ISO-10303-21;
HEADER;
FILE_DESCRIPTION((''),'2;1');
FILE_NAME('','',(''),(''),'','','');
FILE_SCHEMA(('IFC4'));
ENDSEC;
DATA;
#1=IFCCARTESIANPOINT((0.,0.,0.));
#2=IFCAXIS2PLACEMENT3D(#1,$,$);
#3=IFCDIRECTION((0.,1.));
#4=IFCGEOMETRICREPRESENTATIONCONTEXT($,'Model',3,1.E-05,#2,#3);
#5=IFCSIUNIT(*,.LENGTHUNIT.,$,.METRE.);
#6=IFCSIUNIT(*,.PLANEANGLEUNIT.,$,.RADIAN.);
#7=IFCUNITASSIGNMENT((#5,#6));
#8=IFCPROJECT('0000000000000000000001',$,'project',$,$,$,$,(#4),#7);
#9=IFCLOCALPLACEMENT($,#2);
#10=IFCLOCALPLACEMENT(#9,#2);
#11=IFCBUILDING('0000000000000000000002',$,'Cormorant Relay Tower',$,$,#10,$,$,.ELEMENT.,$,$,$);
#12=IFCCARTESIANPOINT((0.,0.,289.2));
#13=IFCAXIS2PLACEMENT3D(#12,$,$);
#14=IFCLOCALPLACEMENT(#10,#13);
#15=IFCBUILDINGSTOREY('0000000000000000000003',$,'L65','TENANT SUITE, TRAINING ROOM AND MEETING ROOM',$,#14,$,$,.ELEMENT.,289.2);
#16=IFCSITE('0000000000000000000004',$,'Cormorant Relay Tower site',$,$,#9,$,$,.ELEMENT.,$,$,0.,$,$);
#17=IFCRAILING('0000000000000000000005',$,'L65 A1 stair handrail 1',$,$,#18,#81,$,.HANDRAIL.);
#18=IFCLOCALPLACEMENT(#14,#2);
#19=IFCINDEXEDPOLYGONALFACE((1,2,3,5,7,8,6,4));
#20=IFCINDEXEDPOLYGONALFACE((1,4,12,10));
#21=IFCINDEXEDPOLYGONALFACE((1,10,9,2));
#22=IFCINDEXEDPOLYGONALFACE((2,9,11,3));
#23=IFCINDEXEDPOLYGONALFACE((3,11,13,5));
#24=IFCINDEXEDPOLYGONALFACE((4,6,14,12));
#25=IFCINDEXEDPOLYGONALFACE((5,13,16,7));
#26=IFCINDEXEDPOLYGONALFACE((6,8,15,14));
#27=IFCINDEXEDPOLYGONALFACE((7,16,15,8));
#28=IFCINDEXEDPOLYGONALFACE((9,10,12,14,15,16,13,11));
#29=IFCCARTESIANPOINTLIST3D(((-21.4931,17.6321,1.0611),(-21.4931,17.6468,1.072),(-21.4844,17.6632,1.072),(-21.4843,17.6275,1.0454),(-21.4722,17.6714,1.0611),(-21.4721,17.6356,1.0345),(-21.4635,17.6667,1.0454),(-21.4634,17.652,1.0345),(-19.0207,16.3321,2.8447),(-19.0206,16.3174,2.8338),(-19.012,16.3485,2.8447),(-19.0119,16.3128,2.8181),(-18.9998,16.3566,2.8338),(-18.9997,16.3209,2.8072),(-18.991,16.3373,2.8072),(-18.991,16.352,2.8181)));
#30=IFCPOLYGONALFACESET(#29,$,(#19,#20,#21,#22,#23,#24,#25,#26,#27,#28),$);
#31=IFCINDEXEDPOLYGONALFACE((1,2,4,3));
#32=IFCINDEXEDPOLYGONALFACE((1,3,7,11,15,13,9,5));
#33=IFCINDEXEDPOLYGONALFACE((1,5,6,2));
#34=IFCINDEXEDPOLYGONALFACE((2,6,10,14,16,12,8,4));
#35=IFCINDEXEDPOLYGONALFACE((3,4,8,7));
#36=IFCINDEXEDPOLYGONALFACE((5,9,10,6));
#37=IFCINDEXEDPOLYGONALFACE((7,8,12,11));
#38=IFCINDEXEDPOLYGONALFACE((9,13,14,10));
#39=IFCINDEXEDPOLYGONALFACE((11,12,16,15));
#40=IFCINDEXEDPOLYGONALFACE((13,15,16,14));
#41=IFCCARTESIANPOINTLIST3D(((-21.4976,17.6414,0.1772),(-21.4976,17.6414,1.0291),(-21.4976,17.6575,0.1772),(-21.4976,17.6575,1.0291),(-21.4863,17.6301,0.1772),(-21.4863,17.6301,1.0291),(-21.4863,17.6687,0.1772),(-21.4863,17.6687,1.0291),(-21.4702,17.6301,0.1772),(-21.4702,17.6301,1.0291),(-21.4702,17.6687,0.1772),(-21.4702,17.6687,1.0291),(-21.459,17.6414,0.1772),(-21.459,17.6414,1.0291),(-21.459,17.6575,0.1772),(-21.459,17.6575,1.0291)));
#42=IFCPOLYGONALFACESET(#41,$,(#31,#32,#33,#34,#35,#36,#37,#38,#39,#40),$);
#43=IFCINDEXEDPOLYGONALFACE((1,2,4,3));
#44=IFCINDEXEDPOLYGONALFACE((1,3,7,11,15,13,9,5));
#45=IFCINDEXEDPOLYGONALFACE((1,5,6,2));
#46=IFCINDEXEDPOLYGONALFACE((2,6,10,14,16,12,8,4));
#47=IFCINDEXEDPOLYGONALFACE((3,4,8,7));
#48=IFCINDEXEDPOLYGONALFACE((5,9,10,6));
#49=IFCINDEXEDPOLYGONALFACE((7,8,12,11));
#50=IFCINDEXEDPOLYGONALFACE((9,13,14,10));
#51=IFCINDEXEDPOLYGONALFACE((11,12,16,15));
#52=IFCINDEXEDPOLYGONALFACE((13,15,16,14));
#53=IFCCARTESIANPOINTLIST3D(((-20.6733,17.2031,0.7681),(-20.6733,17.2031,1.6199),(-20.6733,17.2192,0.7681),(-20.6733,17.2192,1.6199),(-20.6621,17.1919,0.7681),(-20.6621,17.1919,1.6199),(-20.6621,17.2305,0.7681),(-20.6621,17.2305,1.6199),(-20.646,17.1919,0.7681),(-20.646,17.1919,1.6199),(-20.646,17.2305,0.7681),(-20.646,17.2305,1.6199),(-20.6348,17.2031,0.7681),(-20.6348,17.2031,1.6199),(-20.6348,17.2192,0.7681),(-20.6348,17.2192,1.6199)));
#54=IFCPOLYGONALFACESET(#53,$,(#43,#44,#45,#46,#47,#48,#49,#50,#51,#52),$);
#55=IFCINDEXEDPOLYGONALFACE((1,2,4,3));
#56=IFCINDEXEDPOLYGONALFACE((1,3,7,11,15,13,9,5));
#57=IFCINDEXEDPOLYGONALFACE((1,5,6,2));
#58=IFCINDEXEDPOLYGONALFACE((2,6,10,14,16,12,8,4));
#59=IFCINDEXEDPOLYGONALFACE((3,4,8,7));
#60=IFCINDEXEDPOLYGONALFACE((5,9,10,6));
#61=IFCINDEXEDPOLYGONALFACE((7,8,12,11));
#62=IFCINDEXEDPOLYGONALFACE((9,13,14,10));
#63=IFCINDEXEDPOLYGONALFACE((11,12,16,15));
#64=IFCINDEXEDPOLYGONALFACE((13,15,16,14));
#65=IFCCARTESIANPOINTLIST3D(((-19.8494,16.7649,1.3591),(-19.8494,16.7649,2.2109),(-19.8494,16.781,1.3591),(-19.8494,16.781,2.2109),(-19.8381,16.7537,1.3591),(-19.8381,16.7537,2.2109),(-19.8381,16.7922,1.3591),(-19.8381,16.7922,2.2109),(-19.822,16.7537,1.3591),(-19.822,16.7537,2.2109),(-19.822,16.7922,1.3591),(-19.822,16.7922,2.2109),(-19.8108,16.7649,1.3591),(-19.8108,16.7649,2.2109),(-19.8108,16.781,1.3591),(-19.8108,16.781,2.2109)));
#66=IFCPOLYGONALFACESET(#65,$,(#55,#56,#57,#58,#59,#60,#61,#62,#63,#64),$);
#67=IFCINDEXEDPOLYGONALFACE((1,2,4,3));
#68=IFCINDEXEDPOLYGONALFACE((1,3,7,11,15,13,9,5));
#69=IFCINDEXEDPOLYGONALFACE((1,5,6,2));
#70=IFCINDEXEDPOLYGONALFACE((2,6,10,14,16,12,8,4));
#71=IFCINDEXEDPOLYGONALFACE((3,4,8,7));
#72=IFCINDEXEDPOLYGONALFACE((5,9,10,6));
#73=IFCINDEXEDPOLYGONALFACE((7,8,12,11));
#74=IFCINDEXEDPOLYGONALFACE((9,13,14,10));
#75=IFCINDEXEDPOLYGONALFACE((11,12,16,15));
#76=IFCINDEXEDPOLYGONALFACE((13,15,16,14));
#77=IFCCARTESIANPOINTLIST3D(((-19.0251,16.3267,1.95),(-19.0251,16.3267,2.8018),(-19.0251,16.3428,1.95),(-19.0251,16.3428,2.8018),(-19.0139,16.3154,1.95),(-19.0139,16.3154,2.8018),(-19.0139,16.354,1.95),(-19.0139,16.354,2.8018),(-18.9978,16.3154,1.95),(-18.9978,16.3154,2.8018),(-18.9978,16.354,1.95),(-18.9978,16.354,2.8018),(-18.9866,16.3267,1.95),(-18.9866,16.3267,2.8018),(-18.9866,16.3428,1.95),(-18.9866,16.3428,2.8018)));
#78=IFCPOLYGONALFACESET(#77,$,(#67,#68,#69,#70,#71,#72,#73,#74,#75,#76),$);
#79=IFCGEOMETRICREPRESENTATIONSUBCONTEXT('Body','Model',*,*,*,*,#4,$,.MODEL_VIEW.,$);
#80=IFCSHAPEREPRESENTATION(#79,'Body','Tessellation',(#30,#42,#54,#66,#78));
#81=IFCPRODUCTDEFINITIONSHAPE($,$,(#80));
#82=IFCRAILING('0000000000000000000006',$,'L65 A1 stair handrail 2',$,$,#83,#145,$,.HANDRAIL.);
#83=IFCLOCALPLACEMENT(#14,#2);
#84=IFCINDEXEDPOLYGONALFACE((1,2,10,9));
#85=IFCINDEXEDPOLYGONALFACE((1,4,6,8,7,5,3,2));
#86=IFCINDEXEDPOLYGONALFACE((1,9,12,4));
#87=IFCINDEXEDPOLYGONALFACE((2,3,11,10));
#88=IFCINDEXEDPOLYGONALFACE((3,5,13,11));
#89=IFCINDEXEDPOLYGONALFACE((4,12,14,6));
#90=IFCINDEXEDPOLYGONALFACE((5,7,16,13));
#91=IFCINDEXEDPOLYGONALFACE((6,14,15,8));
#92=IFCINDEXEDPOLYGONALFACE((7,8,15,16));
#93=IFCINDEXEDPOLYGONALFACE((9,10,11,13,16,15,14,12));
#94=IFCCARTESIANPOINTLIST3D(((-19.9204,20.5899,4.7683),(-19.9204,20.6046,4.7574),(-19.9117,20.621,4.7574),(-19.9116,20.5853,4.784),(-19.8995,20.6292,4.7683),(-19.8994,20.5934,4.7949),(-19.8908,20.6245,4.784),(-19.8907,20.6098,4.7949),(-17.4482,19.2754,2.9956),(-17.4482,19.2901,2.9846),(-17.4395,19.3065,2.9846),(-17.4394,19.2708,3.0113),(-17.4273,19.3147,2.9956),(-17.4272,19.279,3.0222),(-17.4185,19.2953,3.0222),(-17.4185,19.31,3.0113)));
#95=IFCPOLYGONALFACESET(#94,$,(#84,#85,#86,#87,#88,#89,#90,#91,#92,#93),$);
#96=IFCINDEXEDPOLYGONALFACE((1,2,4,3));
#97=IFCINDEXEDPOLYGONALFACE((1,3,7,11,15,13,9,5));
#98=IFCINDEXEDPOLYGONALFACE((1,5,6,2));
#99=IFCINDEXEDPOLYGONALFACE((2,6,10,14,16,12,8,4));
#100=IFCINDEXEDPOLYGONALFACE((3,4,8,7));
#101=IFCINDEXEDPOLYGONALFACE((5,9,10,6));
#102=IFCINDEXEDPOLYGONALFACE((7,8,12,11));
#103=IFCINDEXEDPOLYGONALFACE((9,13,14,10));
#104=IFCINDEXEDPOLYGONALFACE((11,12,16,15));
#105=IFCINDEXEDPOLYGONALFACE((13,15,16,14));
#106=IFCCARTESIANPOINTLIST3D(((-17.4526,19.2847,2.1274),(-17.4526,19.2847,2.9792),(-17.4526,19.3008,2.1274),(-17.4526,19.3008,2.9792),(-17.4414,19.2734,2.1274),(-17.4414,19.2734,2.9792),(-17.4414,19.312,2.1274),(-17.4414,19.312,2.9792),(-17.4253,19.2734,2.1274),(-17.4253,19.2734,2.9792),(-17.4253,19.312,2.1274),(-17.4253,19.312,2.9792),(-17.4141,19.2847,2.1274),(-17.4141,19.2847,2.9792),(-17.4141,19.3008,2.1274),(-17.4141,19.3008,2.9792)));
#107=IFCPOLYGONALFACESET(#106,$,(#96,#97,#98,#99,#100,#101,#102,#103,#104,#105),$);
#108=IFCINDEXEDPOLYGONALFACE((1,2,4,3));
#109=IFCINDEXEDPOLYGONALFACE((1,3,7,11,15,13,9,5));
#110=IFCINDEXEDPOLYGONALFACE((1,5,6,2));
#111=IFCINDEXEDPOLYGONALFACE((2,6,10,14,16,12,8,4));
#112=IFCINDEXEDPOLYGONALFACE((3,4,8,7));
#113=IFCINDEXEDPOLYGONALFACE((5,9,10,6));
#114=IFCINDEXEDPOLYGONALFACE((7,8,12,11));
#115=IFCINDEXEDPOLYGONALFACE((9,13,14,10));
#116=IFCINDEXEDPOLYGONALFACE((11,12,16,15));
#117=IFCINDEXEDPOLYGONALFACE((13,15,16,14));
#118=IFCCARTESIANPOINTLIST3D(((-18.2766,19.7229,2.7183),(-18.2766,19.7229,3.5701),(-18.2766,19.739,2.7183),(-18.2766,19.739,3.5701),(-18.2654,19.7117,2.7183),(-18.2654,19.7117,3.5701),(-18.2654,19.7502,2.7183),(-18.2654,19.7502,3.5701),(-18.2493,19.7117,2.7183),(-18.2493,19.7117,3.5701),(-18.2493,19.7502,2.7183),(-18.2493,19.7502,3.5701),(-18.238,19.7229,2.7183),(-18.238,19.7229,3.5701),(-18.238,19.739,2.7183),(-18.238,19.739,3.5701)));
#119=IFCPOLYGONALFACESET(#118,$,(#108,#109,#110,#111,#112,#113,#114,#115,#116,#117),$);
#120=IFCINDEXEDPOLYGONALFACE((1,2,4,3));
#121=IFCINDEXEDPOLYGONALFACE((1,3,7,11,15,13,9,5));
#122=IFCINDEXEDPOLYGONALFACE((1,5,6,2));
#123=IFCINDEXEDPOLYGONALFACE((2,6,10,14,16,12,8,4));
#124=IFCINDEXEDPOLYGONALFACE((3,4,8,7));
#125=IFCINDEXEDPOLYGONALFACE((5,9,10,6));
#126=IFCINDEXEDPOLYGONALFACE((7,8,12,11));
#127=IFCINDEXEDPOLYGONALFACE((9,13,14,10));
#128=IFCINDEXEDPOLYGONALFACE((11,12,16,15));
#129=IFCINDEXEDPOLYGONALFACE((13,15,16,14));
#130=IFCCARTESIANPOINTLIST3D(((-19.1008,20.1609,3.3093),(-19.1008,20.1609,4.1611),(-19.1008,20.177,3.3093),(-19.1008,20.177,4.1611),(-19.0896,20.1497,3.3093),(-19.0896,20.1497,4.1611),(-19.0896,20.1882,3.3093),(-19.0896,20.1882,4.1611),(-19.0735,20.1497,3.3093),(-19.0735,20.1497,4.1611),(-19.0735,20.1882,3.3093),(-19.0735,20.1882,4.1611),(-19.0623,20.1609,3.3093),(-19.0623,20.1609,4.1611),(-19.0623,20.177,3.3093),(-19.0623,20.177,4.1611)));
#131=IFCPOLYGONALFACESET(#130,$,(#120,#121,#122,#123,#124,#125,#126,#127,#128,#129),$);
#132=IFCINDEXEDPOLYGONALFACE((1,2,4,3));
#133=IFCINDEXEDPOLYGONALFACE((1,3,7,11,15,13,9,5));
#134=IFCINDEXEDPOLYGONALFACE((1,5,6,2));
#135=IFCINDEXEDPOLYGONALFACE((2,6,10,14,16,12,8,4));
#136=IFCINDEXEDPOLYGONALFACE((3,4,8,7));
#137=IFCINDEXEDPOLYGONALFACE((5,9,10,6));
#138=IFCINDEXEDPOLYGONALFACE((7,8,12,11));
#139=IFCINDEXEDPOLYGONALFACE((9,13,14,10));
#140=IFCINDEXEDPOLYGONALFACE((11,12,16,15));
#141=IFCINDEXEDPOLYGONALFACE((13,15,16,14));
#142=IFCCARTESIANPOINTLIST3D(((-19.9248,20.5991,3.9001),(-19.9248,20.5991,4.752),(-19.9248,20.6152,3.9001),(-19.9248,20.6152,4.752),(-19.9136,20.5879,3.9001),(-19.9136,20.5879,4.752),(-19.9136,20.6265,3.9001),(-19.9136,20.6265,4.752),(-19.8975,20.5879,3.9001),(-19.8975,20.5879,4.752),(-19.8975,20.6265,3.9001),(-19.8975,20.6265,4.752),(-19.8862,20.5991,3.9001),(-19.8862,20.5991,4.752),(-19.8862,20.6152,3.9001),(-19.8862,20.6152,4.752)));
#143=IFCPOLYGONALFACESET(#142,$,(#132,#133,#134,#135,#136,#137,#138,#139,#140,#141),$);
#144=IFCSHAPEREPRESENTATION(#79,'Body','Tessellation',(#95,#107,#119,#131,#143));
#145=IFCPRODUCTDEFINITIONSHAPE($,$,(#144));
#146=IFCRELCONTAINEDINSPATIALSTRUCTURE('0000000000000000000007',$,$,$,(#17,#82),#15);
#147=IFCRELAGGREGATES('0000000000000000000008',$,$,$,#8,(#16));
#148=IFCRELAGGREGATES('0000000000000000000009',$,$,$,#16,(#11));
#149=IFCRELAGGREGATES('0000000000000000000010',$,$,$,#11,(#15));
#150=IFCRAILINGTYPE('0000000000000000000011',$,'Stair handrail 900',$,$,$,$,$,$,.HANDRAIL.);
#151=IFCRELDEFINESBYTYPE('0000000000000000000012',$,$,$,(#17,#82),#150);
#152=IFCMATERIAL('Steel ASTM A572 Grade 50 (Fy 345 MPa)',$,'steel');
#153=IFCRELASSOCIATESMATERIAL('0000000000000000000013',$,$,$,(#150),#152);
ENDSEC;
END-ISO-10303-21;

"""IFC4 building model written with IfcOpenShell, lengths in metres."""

from ifc_helpers import new_model, si_unit, direction, frame, origin, place, context, subcontext, project, spatial, polyline, outline, extrude, material, type_object, element, save


model = new_model("IFC4")

# Units and contexts
model_context = context("Model", 3, precision=1e-05, world=origin(), true_north=direction((0.0, 1.0)))
body_context = subcontext(model_context, "Body", "Model", "MODEL_VIEW")
ifc_project = project(units=[si_unit("LENGTHUNIT", "METRE"), si_unit("PLANEANGLEUNIT", "RADIAN")], contexts=[model_context])

# Site, building, storey
site_placement = place(None, origin())
site = spatial("IfcSite", under=ifc_project, at=site_placement, Name="Cormorant Relay Tower site", CompositionType="ELEMENT", RefElevation=0.0)
building_placement = place(site_placement, origin())
building = spatial("IfcBuilding", under=site, at=building_placement, Name="Cormorant Relay Tower", CompositionType="ELEMENT")
storey_placement = place(building_placement, frame((0.0, 0.0, 289.2)))
storey = spatial("IfcBuildingStorey", under=building, at=storey_placement, Name="L65", Description="TENANT SUITE, TRAINING ROOM AND MEETING ROOM", CompositionType="ELEMENT", Elevation=289.2)

# Railings
ifc_material_1 = material(Name="Steel ASTM A572 Grade 50 (Fy 345 MPa)", Category="steel")
railing_type_1 = type_object("IfcRailingType", Name="Stair handrail 900", PredefinedType="HANDRAIL", material=ifc_material_1)
railing_1_placement = place(storey_placement, frame((-21.4783, 17.6494, 0.1772)))
element("IfcRailing", 1, at=railing_1_placement, inside=storey, type_object=railing_type_1, Name="L65 A1 stair handrail 1", PredefinedType="HANDRAIL", context=body_context, shape_type="SweptSolid", body=[
    extrude(outline(polyline([(0.0222, 0.0093), (0.0093, 0.0222), (-0.0093, 0.0222), (-0.0222, 0.0093), (-0.0222, -0.0093), (-0.0093, -0.0222), (0.0093, -0.0222), (0.0222, -0.0093), (0.0222, 0.0093)])), frame((0.0, 0.0, 0.876), z_axis=(0.746012, -0.39669, 0.534886), x_axis=(0.469497, 0.882934, 0.0)), (0.0, 0.0, 1.0), 3.3142),
    extrude(outline(polyline([(0.0193, 0.0081), (0.0081, 0.0193), (-0.0081, 0.0193), (-0.0193, 0.0081), (-0.0193, -0.0081), (-0.0081, -0.0193), (0.0081, -0.0193), (0.0193, -0.0081), (0.0193, 0.0081)])), origin(), (0.0, 0.0, 1.0), 0.8518),
    extrude(outline(polyline([(0.0193, 0.0081), (0.0081, 0.0193), (-0.0081, 0.0193), (-0.0193, 0.0081), (-0.0193, -0.0081), (-0.0081, -0.0193), (0.0081, -0.0193), (0.0193, -0.0081), (0.0193, 0.0081)])), frame((0.8242, -0.4382, 0.5908)), (0.0, 0.0, 1.0), 0.8518),
    extrude(outline(polyline([(0.0193, 0.0081), (0.0081, 0.0193), (-0.0081, 0.0193), (-0.0193, 0.0081), (-0.0193, -0.0081), (-0.0081, -0.0193), (0.0081, -0.0193), (0.0193, -0.0081), (0.0193, 0.0081)])), frame((1.6482, -0.8765, 1.1819)), (0.0, 0.0, 1.0), 0.8518),
    extrude(outline(polyline([(0.0193, 0.0081), (0.0081, 0.0193), (-0.0081, 0.0193), (-0.0193, 0.0081), (-0.0193, -0.0081), (-0.0081, -0.0193), (0.0081, -0.0193), (0.0193, -0.0081), (0.0193, 0.0081)])), frame((2.4724, -1.3147, 1.7727)), (0.0, 0.0, 1.0), 0.8518),
])
railing_2_placement = place(storey_placement, frame((-17.4333, 19.2927, 2.1274)))
element("IfcRailing", 2, at=railing_2_placement, inside=storey, type_object=railing_type_1, Name="L65 A1 stair handrail 2", PredefinedType="HANDRAIL", context=body_context, shape_type="SweptSolid", body=[
    extrude(outline(polyline([(0.0222, 0.0093), (0.0093, 0.0222), (-0.0093, 0.0222), (-0.0222, 0.0093), (-0.0222, -0.0093), (-0.0093, -0.0222), (0.0093, -0.0222), (0.0222, -0.0093), (0.0222, 0.0093)])), frame((0.0, 0.0, 0.876), z_axis=(-0.746001, 0.396649, 0.534931), x_axis=(-0.469465, -0.882951, 0.0)), (0.0, 0.0, 1.0), 3.314),
    extrude(outline(polyline([(0.0193, 0.0081), (0.0081, 0.0193), (-0.0081, 0.0193), (-0.0193, 0.0081), (-0.0193, -0.0081), (-0.0081, -0.0193), (0.0081, -0.0193), (0.0193, -0.0081), (0.0193, 0.0081)])), origin(), (0.0, 0.0, 1.0), 0.8518),
    extrude(outline(polyline([(0.0193, 0.0081), (0.0081, 0.0193), (-0.0081, 0.0193), (-0.0193, 0.0081), (-0.0193, -0.0081), (-0.0081, -0.0193), (0.0081, -0.0193), (0.0193, -0.0081), (0.0193, 0.0081)])), frame((-0.824, 0.4382, 0.5908)), (0.0, 0.0, 1.0), 0.8518),
    extrude(outline(polyline([(0.0193, 0.0081), (0.0081, 0.0193), (-0.0081, 0.0193), (-0.0193, 0.0081), (-0.0193, -0.0081), (-0.0081, -0.0193), (0.0081, -0.0193), (0.0193, -0.0081), (0.0193, 0.0081)])), frame((-1.6482, 0.8762, 1.1819)), (0.0, 0.0, 1.0), 0.8518),
    extrude(outline(polyline([(0.0193, 0.0081), (0.0081, 0.0193), (-0.0081, 0.0193), (-0.0193, 0.0081), (-0.0193, -0.0081), (-0.0081, -0.0193), (0.0081, -0.0193), (0.0193, -0.0081), (0.0193, 0.0081)])), frame((-2.4722, 1.3145, 1.7727)), (0.0, 0.0, 1.0), 0.8518),
])

save(model, "model.ifc")
